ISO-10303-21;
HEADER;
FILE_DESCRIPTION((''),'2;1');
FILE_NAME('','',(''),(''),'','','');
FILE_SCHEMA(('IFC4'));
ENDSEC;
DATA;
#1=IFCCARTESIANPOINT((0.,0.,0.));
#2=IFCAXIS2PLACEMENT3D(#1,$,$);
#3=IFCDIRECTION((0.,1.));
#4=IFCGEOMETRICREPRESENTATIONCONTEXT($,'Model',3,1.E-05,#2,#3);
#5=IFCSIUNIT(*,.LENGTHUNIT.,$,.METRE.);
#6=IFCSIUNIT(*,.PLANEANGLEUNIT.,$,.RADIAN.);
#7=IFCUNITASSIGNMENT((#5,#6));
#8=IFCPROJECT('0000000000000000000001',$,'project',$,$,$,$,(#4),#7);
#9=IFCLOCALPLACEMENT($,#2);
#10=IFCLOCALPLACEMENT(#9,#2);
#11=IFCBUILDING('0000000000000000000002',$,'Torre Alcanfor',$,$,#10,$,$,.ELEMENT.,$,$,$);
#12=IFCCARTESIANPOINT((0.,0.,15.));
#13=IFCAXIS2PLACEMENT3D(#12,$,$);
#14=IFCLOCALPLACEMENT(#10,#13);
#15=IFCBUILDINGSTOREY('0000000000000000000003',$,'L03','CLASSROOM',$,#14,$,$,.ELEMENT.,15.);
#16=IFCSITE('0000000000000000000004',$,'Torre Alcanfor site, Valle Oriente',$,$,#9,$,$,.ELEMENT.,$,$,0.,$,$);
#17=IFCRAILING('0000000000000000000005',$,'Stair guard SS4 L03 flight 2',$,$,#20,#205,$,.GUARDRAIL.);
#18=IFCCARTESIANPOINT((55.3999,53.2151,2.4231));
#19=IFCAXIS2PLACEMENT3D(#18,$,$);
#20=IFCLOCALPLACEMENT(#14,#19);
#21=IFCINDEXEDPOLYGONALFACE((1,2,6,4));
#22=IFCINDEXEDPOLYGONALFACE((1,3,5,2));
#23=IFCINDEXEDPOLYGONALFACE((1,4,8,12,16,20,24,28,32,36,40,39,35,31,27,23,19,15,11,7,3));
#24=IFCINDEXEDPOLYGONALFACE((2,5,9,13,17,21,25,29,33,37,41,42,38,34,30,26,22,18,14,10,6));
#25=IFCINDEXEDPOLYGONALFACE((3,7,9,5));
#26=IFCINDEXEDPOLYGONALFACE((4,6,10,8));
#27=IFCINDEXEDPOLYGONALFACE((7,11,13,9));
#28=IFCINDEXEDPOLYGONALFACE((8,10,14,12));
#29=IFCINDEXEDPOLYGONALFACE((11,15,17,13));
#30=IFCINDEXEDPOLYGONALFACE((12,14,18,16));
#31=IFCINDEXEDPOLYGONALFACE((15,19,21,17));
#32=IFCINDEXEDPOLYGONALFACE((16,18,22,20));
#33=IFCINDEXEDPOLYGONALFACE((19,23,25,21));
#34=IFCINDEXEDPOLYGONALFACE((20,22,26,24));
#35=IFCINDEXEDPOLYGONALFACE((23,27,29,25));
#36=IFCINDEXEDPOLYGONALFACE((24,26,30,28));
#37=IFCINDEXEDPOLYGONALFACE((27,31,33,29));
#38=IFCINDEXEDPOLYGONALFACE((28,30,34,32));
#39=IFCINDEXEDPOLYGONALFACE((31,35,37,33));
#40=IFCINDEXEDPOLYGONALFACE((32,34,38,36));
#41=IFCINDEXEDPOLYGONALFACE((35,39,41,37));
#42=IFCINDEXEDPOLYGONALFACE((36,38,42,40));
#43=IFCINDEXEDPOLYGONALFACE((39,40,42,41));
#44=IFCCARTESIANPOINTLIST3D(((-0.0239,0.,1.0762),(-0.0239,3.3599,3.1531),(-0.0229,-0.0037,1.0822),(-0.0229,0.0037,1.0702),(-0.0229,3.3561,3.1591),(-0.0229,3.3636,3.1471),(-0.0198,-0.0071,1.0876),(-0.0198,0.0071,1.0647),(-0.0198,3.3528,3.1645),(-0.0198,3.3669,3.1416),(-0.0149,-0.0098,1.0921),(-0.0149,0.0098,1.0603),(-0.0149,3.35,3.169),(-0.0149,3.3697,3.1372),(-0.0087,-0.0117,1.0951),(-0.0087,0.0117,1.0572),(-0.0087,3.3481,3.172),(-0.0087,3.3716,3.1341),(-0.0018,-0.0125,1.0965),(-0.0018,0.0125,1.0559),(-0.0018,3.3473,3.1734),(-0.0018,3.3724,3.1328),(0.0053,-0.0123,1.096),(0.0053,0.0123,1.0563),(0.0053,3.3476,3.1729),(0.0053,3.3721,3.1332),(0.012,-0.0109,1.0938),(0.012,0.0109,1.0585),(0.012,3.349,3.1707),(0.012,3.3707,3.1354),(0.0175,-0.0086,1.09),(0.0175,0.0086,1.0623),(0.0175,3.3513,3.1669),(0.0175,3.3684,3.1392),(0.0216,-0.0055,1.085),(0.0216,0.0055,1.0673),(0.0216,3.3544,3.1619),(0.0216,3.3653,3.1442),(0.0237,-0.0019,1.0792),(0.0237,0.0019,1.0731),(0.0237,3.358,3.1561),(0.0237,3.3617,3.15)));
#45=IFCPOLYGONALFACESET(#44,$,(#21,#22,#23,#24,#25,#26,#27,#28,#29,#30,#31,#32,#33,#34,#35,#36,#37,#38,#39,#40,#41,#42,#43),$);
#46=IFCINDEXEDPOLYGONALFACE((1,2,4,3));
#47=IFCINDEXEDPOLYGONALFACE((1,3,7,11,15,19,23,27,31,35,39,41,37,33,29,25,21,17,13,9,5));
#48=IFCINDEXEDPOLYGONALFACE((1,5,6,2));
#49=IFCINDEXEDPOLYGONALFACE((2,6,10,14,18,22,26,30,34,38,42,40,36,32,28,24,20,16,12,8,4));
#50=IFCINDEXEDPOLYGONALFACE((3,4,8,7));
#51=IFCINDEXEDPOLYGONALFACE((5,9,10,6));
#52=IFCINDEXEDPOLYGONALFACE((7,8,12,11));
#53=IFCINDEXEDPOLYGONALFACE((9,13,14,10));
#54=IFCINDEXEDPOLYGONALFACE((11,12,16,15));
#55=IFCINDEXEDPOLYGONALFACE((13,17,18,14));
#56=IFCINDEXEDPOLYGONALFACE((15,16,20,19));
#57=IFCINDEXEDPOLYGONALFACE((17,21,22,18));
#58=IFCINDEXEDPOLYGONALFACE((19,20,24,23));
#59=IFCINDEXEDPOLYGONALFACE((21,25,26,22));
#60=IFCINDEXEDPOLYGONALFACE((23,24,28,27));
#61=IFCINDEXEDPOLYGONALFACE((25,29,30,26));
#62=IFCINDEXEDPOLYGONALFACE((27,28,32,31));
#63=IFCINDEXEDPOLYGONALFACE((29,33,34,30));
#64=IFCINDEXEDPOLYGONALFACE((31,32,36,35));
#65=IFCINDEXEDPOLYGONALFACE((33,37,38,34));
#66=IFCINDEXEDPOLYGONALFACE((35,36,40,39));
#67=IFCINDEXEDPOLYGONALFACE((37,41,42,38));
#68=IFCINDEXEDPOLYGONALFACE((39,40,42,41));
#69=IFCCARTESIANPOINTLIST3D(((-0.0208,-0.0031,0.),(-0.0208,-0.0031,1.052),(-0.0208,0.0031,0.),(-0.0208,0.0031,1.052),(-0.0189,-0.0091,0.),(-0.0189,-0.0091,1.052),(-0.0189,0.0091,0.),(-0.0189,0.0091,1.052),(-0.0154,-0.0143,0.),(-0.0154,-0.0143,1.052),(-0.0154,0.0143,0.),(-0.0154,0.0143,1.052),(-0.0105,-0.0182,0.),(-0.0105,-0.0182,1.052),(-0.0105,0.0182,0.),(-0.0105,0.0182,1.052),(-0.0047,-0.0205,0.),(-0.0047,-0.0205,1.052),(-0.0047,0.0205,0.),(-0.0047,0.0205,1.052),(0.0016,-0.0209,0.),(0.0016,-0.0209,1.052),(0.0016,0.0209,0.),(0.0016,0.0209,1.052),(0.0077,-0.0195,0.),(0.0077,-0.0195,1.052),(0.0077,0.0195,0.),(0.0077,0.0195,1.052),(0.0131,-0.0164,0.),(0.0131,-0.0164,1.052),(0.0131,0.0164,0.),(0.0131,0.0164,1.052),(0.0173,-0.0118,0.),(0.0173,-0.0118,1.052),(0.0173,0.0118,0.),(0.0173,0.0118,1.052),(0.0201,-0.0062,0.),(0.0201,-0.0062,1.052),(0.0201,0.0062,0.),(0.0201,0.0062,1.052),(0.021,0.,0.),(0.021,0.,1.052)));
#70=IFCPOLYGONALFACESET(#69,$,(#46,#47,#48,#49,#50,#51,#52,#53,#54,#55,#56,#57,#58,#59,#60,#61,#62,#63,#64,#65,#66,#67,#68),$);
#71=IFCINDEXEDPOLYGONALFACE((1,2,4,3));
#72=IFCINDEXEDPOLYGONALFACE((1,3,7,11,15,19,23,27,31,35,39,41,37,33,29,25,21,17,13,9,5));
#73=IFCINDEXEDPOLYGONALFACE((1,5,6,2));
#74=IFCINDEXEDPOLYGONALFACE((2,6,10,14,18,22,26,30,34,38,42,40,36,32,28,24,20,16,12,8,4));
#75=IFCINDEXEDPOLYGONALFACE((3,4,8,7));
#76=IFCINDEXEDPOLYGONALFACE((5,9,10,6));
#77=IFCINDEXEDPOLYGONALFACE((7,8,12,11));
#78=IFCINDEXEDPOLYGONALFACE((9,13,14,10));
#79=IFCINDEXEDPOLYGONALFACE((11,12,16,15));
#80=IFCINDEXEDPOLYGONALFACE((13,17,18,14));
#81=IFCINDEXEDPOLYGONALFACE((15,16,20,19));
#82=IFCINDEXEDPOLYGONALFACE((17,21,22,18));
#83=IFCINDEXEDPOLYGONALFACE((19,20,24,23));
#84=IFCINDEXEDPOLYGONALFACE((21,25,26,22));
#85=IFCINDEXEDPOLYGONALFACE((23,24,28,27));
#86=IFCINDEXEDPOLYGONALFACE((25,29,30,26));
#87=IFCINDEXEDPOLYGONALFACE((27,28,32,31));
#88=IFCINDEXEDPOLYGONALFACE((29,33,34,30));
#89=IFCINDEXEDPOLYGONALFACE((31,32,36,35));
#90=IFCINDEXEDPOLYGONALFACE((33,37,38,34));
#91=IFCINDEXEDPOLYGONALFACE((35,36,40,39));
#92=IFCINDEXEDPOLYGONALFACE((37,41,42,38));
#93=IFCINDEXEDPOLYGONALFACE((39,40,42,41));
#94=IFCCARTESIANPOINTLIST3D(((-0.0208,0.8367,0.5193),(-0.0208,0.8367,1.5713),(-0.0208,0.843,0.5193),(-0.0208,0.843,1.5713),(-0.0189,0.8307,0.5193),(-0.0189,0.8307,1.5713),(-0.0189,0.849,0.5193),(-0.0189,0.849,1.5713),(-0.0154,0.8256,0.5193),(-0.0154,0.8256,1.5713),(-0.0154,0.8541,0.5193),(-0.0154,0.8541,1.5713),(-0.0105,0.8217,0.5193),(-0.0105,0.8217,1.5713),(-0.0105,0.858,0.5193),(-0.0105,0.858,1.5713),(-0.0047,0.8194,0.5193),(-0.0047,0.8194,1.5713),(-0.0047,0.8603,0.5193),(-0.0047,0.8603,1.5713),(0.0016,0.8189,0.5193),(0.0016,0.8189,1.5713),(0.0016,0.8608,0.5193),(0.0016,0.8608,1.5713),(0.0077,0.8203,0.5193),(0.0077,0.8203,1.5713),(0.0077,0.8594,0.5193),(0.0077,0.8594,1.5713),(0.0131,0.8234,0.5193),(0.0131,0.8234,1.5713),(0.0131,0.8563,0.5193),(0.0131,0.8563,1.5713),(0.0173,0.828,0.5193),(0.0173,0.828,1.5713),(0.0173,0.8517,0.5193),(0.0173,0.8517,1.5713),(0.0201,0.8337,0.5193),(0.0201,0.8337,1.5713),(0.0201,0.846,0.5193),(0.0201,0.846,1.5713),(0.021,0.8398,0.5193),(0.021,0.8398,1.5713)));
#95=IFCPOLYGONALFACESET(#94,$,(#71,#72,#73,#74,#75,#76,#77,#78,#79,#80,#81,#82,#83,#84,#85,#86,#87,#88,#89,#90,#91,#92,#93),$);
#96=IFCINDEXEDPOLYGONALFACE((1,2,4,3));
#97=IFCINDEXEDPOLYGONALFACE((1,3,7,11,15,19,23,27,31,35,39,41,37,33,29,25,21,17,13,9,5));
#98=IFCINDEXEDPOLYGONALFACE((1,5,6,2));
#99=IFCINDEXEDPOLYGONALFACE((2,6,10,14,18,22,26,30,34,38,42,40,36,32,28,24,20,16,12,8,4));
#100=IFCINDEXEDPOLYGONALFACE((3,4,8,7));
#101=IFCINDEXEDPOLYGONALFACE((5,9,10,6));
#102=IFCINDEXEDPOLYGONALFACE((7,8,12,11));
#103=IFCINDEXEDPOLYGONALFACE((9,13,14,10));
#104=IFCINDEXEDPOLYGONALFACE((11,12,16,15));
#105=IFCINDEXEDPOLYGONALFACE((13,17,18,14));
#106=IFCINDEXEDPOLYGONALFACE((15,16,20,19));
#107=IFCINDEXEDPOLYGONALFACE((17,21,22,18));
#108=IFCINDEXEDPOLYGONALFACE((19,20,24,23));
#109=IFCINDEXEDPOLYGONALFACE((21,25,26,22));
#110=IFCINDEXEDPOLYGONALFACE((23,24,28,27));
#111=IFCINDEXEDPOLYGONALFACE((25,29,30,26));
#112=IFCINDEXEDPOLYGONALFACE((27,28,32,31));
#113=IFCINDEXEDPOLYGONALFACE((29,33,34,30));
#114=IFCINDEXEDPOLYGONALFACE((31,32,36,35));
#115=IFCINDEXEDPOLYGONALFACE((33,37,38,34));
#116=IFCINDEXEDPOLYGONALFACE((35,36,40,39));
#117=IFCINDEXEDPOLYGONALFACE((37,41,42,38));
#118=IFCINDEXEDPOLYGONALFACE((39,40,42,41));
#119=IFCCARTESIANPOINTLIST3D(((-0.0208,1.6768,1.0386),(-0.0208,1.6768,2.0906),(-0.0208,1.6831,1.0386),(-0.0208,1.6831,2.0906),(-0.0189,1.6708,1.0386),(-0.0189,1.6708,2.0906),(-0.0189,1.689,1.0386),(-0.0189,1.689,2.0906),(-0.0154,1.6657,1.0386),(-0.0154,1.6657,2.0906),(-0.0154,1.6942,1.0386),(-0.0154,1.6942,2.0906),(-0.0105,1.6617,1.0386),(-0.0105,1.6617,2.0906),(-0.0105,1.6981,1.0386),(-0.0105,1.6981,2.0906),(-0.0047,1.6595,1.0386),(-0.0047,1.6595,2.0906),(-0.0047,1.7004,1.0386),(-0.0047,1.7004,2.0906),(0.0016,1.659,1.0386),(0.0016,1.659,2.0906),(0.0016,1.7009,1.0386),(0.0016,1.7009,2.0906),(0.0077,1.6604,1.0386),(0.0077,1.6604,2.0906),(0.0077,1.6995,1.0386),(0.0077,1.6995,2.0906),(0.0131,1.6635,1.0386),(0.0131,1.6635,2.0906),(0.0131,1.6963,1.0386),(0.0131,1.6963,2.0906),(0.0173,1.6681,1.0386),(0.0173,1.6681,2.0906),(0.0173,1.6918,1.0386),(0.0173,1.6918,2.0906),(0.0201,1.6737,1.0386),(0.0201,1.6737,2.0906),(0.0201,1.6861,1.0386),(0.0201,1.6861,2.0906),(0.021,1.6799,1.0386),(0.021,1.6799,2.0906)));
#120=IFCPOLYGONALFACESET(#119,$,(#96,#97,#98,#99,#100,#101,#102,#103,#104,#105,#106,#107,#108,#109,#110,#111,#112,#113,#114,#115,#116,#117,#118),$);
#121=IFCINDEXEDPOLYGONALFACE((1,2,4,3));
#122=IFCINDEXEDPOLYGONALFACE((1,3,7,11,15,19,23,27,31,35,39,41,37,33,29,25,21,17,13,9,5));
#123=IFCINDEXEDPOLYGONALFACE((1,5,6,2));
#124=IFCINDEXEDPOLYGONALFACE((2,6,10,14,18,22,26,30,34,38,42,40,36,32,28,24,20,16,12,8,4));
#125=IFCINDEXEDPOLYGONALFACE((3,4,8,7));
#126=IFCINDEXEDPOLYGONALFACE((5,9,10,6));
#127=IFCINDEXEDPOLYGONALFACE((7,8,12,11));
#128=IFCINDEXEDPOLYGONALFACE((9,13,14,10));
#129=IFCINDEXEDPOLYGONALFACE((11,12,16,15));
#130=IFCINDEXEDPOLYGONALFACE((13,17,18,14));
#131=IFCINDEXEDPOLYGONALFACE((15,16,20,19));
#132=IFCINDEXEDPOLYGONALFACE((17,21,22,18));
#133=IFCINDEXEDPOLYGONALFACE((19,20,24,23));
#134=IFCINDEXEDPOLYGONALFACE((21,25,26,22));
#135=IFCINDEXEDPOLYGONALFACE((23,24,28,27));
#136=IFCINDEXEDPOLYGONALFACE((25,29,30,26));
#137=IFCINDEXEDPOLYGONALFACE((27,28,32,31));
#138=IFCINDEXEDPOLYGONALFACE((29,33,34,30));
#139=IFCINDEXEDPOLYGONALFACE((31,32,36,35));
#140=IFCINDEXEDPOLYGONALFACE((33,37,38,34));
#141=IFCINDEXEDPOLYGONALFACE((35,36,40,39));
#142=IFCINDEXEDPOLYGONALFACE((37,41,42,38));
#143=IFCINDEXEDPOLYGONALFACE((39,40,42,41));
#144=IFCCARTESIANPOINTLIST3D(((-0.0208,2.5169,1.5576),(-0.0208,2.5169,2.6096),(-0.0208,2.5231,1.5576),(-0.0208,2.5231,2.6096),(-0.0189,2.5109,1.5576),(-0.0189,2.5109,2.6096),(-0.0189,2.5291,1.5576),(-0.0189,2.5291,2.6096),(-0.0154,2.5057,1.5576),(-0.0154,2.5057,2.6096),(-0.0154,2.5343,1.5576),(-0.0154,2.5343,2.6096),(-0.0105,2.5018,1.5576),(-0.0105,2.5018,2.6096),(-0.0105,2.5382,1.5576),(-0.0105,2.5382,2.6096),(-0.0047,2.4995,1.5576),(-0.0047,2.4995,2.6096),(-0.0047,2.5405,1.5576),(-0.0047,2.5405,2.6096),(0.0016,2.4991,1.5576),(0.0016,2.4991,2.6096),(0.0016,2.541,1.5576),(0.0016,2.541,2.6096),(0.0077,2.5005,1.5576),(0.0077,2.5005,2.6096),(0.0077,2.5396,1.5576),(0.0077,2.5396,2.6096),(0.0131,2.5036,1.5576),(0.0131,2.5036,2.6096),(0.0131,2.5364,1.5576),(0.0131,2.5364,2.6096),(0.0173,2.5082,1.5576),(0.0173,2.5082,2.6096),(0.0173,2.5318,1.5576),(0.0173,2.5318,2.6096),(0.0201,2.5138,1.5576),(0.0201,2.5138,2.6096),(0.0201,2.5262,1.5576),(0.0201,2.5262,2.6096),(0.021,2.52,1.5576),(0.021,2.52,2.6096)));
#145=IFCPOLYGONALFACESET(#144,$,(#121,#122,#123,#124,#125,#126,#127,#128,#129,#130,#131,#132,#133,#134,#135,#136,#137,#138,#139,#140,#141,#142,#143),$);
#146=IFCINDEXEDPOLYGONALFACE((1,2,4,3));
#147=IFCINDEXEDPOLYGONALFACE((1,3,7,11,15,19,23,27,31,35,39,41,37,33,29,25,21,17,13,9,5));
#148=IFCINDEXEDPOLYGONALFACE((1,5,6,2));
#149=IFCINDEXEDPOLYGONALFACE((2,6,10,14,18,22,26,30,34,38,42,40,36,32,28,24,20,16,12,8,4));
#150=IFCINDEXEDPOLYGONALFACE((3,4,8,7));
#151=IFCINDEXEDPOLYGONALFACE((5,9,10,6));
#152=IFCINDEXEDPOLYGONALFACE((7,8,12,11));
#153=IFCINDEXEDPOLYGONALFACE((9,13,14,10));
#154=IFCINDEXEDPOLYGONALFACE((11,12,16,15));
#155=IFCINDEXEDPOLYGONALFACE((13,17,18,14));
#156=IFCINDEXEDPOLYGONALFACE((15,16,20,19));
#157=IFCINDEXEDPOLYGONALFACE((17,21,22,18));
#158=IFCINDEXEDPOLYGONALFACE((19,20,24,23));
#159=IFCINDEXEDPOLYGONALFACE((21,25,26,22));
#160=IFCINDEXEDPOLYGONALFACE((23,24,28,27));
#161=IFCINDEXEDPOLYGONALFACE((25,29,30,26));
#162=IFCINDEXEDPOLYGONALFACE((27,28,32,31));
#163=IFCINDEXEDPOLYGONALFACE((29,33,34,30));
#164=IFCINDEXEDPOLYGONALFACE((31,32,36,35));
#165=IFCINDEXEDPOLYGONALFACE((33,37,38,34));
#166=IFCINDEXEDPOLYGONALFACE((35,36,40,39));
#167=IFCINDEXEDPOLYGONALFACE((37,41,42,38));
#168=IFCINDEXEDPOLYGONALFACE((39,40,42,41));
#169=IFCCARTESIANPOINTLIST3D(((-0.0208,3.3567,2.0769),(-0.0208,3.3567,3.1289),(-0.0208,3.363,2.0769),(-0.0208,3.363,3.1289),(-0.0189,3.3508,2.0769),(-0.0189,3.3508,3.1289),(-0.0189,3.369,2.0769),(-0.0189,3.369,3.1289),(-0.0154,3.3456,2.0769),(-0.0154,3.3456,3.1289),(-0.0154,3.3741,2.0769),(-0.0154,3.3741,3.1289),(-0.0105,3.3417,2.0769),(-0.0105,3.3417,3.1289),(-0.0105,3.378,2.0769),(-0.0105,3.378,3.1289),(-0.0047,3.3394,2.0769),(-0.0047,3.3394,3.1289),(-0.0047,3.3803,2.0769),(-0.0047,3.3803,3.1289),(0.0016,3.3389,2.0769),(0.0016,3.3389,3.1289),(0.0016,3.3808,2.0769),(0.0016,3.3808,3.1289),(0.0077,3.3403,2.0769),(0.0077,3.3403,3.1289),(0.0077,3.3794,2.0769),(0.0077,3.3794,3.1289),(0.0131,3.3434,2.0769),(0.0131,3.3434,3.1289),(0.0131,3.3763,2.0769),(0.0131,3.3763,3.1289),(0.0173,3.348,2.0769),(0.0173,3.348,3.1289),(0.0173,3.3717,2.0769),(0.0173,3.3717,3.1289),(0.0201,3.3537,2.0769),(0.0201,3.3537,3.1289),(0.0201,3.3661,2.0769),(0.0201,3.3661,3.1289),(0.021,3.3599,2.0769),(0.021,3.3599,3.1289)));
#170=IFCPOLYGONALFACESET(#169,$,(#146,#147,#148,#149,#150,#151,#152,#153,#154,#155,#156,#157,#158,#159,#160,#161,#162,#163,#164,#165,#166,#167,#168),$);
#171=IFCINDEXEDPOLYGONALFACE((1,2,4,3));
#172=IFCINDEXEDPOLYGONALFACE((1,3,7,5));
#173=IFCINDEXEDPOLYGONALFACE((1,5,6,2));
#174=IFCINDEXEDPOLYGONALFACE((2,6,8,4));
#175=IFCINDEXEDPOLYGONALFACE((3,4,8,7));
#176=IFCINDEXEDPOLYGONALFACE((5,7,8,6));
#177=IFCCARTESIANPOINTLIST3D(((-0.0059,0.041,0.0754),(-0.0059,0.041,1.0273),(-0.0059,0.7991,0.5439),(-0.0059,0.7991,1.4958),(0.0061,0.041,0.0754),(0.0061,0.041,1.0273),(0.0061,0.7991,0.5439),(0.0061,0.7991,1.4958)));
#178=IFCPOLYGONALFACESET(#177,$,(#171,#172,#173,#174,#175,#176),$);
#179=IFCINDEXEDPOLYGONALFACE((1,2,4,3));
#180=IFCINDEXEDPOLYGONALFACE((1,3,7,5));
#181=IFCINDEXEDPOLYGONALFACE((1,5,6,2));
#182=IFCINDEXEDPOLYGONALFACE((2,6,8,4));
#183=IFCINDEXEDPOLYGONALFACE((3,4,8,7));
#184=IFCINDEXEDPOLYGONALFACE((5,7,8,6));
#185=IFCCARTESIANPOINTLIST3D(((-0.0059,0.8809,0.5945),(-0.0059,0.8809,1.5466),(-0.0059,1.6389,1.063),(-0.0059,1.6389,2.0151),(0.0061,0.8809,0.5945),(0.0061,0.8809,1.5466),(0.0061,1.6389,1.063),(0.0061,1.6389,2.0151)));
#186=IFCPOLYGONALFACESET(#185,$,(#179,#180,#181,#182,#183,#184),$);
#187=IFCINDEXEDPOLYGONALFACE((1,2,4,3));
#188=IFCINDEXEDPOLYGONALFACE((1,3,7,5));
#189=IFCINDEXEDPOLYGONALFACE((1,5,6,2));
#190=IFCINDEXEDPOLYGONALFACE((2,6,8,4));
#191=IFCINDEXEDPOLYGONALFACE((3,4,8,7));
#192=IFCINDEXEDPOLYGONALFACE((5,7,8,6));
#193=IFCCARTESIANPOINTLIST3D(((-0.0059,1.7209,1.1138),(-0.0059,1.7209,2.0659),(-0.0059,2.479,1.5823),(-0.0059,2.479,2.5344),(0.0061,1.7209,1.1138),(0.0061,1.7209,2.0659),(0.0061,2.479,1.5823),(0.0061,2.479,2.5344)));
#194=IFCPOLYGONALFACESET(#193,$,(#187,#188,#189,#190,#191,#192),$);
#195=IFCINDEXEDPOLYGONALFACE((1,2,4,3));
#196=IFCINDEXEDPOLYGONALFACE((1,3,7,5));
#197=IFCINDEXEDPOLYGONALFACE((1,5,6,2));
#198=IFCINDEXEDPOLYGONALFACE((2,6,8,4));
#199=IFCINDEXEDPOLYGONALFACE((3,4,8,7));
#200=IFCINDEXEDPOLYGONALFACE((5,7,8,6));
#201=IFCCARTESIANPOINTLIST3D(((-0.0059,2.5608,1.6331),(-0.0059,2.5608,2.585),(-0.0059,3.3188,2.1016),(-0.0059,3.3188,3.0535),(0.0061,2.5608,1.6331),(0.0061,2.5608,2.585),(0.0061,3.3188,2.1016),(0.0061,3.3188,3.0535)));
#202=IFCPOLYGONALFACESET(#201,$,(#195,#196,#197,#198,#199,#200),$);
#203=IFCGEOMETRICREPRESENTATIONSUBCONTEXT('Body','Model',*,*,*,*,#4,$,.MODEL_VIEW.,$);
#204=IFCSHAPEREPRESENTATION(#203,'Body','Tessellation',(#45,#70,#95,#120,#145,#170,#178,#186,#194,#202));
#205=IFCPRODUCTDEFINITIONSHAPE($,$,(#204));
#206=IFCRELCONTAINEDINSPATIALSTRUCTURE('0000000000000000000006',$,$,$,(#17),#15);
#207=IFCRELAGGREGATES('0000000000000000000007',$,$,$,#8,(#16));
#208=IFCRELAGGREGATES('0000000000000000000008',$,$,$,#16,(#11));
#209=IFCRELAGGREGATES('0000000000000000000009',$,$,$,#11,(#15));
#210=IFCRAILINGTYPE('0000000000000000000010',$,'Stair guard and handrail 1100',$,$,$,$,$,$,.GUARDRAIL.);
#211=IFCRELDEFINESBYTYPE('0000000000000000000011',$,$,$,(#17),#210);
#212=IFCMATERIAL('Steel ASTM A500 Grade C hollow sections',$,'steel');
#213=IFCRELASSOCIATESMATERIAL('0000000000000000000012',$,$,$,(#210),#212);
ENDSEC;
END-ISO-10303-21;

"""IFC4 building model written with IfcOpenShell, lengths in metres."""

from ifc_helpers import new_model, si_unit, direction, frame, origin, origin_2d, place, context, subcontext, project, spatial, polyline, circle, outline, extrude, material, type_object, element, save


model = new_model("IFC4")

# Units and contexts
model_context = context("Model", 3, precision=1e-05, world=origin(), true_north=direction((0.0, 1.0)))
body_context = subcontext(model_context, "Body", "Model", "MODEL_VIEW")
ifc_project = project(units=[si_unit("LENGTHUNIT", "METRE"), si_unit("PLANEANGLEUNIT", "RADIAN")], contexts=[model_context])

# Site, building, storey
site_placement = place(None, origin())
site = spatial("IfcSite", under=ifc_project, at=site_placement, Name="Torre Alcanfor site, Valle Oriente", CompositionType="ELEMENT", RefElevation=0.0)
building_placement = place(site_placement, origin())
building = spatial("IfcBuilding", under=site, at=building_placement, Name="Torre Alcanfor", CompositionType="ELEMENT")
storey_placement = place(building_placement, frame((0.0, 0.0, 15.0)))
storey = spatial("IfcBuildingStorey", under=building, at=storey_placement, Name="L03", Description="CLASSROOM", CompositionType="ELEMENT", Elevation=15.0)

# Railing
ifc_material_1 = material(Name="Steel ASTM A500 Grade C hollow sections", Category="steel")
railing_type_1 = type_object("IfcRailingType", Name="Stair guard and handrail 1100", PredefinedType="GUARDRAIL", material=ifc_material_1)
railing_1_placement = place(storey_placement, frame((55.3999, 53.2151, 2.4231)))
element("IfcRailing", 1, at=railing_1_placement, inside=storey, type_object=railing_type_1, Name="Stair guard SS4 L03 flight 2", PredefinedType="GUARDRAIL", context=body_context, shape_type="SweptSolid", body=[
    extrude(circle(Radius=0.0239, at=origin_2d()), frame((0.0, 0.0, 1.0762), z_axis=(0.0, 0.850606, 0.525803), x_axis=(-1.0, 0.0, 0.0)), (0.0, 0.0, 1.0), 3.95),
    extrude(circle(Radius=0.021, at=origin_2d()), origin(), (0.0, 0.0, 1.0), 1.052),
    extrude(circle(Radius=0.021, at=origin_2d()), frame((0.0, 0.8398, 0.5193)), (0.0, 0.0, 1.0), 1.052),
    extrude(circle(Radius=0.021, at=origin_2d()), frame((0.0, 1.6799, 1.0386)), (0.0, 0.0, 1.0), 1.052),
    extrude(circle(Radius=0.021, at=origin_2d()), frame((0.0, 2.52, 1.5576)), (0.0, 0.0, 1.0), 1.052),
    extrude(circle(Radius=0.021, at=origin_2d()), frame((0.0, 3.3599, 2.0769)), (0.0, 0.0, 1.0), 1.052),
    extrude(outline(polyline([(0.041, 0.0754), (0.7991, 0.5439), (0.7991, 1.4958), (0.041, 1.0273), (0.041, 0.0754)])), frame((-0.0059, 0.0, 0.0), z_axis=(1.0, 0.0, 0.0), x_axis=(0.0, 1.0, 0.0)), (0.0, 0.0, 1.0), 0.012),
    extrude(outline(polyline([(0.8809, 0.5945), (1.6389, 1.063), (1.6389, 2.0151), (0.8809, 1.5466), (0.8809, 0.5945)])), frame((-0.0059, 0.0, 0.0), z_axis=(1.0, 0.0, 0.0), x_axis=(0.0, 1.0, 0.0)), (0.0, 0.0, 1.0), 0.012),
    extrude(outline(polyline([(1.7209, 1.1138), (2.479, 1.5823), (2.479, 2.5344), (1.7209, 2.0659), (1.7209, 1.1138)])), frame((-0.0059, 0.0, 0.0), z_axis=(1.0, 0.0, 0.0), x_axis=(0.0, 1.0, 0.0)), (0.0, 0.0, 1.0), 0.012),
    extrude(outline(polyline([(2.5608, 1.6331), (3.3188, 2.1016), (3.3188, 3.0535), (2.5608, 2.585), (2.5608, 1.6331)])), frame((-0.0059, 0.0, 0.0), z_axis=(1.0, 0.0, 0.0), x_axis=(0.0, 1.0, 0.0)), (0.0, 0.0, 1.0), 0.012),
])

save(model, "model.ifc")
